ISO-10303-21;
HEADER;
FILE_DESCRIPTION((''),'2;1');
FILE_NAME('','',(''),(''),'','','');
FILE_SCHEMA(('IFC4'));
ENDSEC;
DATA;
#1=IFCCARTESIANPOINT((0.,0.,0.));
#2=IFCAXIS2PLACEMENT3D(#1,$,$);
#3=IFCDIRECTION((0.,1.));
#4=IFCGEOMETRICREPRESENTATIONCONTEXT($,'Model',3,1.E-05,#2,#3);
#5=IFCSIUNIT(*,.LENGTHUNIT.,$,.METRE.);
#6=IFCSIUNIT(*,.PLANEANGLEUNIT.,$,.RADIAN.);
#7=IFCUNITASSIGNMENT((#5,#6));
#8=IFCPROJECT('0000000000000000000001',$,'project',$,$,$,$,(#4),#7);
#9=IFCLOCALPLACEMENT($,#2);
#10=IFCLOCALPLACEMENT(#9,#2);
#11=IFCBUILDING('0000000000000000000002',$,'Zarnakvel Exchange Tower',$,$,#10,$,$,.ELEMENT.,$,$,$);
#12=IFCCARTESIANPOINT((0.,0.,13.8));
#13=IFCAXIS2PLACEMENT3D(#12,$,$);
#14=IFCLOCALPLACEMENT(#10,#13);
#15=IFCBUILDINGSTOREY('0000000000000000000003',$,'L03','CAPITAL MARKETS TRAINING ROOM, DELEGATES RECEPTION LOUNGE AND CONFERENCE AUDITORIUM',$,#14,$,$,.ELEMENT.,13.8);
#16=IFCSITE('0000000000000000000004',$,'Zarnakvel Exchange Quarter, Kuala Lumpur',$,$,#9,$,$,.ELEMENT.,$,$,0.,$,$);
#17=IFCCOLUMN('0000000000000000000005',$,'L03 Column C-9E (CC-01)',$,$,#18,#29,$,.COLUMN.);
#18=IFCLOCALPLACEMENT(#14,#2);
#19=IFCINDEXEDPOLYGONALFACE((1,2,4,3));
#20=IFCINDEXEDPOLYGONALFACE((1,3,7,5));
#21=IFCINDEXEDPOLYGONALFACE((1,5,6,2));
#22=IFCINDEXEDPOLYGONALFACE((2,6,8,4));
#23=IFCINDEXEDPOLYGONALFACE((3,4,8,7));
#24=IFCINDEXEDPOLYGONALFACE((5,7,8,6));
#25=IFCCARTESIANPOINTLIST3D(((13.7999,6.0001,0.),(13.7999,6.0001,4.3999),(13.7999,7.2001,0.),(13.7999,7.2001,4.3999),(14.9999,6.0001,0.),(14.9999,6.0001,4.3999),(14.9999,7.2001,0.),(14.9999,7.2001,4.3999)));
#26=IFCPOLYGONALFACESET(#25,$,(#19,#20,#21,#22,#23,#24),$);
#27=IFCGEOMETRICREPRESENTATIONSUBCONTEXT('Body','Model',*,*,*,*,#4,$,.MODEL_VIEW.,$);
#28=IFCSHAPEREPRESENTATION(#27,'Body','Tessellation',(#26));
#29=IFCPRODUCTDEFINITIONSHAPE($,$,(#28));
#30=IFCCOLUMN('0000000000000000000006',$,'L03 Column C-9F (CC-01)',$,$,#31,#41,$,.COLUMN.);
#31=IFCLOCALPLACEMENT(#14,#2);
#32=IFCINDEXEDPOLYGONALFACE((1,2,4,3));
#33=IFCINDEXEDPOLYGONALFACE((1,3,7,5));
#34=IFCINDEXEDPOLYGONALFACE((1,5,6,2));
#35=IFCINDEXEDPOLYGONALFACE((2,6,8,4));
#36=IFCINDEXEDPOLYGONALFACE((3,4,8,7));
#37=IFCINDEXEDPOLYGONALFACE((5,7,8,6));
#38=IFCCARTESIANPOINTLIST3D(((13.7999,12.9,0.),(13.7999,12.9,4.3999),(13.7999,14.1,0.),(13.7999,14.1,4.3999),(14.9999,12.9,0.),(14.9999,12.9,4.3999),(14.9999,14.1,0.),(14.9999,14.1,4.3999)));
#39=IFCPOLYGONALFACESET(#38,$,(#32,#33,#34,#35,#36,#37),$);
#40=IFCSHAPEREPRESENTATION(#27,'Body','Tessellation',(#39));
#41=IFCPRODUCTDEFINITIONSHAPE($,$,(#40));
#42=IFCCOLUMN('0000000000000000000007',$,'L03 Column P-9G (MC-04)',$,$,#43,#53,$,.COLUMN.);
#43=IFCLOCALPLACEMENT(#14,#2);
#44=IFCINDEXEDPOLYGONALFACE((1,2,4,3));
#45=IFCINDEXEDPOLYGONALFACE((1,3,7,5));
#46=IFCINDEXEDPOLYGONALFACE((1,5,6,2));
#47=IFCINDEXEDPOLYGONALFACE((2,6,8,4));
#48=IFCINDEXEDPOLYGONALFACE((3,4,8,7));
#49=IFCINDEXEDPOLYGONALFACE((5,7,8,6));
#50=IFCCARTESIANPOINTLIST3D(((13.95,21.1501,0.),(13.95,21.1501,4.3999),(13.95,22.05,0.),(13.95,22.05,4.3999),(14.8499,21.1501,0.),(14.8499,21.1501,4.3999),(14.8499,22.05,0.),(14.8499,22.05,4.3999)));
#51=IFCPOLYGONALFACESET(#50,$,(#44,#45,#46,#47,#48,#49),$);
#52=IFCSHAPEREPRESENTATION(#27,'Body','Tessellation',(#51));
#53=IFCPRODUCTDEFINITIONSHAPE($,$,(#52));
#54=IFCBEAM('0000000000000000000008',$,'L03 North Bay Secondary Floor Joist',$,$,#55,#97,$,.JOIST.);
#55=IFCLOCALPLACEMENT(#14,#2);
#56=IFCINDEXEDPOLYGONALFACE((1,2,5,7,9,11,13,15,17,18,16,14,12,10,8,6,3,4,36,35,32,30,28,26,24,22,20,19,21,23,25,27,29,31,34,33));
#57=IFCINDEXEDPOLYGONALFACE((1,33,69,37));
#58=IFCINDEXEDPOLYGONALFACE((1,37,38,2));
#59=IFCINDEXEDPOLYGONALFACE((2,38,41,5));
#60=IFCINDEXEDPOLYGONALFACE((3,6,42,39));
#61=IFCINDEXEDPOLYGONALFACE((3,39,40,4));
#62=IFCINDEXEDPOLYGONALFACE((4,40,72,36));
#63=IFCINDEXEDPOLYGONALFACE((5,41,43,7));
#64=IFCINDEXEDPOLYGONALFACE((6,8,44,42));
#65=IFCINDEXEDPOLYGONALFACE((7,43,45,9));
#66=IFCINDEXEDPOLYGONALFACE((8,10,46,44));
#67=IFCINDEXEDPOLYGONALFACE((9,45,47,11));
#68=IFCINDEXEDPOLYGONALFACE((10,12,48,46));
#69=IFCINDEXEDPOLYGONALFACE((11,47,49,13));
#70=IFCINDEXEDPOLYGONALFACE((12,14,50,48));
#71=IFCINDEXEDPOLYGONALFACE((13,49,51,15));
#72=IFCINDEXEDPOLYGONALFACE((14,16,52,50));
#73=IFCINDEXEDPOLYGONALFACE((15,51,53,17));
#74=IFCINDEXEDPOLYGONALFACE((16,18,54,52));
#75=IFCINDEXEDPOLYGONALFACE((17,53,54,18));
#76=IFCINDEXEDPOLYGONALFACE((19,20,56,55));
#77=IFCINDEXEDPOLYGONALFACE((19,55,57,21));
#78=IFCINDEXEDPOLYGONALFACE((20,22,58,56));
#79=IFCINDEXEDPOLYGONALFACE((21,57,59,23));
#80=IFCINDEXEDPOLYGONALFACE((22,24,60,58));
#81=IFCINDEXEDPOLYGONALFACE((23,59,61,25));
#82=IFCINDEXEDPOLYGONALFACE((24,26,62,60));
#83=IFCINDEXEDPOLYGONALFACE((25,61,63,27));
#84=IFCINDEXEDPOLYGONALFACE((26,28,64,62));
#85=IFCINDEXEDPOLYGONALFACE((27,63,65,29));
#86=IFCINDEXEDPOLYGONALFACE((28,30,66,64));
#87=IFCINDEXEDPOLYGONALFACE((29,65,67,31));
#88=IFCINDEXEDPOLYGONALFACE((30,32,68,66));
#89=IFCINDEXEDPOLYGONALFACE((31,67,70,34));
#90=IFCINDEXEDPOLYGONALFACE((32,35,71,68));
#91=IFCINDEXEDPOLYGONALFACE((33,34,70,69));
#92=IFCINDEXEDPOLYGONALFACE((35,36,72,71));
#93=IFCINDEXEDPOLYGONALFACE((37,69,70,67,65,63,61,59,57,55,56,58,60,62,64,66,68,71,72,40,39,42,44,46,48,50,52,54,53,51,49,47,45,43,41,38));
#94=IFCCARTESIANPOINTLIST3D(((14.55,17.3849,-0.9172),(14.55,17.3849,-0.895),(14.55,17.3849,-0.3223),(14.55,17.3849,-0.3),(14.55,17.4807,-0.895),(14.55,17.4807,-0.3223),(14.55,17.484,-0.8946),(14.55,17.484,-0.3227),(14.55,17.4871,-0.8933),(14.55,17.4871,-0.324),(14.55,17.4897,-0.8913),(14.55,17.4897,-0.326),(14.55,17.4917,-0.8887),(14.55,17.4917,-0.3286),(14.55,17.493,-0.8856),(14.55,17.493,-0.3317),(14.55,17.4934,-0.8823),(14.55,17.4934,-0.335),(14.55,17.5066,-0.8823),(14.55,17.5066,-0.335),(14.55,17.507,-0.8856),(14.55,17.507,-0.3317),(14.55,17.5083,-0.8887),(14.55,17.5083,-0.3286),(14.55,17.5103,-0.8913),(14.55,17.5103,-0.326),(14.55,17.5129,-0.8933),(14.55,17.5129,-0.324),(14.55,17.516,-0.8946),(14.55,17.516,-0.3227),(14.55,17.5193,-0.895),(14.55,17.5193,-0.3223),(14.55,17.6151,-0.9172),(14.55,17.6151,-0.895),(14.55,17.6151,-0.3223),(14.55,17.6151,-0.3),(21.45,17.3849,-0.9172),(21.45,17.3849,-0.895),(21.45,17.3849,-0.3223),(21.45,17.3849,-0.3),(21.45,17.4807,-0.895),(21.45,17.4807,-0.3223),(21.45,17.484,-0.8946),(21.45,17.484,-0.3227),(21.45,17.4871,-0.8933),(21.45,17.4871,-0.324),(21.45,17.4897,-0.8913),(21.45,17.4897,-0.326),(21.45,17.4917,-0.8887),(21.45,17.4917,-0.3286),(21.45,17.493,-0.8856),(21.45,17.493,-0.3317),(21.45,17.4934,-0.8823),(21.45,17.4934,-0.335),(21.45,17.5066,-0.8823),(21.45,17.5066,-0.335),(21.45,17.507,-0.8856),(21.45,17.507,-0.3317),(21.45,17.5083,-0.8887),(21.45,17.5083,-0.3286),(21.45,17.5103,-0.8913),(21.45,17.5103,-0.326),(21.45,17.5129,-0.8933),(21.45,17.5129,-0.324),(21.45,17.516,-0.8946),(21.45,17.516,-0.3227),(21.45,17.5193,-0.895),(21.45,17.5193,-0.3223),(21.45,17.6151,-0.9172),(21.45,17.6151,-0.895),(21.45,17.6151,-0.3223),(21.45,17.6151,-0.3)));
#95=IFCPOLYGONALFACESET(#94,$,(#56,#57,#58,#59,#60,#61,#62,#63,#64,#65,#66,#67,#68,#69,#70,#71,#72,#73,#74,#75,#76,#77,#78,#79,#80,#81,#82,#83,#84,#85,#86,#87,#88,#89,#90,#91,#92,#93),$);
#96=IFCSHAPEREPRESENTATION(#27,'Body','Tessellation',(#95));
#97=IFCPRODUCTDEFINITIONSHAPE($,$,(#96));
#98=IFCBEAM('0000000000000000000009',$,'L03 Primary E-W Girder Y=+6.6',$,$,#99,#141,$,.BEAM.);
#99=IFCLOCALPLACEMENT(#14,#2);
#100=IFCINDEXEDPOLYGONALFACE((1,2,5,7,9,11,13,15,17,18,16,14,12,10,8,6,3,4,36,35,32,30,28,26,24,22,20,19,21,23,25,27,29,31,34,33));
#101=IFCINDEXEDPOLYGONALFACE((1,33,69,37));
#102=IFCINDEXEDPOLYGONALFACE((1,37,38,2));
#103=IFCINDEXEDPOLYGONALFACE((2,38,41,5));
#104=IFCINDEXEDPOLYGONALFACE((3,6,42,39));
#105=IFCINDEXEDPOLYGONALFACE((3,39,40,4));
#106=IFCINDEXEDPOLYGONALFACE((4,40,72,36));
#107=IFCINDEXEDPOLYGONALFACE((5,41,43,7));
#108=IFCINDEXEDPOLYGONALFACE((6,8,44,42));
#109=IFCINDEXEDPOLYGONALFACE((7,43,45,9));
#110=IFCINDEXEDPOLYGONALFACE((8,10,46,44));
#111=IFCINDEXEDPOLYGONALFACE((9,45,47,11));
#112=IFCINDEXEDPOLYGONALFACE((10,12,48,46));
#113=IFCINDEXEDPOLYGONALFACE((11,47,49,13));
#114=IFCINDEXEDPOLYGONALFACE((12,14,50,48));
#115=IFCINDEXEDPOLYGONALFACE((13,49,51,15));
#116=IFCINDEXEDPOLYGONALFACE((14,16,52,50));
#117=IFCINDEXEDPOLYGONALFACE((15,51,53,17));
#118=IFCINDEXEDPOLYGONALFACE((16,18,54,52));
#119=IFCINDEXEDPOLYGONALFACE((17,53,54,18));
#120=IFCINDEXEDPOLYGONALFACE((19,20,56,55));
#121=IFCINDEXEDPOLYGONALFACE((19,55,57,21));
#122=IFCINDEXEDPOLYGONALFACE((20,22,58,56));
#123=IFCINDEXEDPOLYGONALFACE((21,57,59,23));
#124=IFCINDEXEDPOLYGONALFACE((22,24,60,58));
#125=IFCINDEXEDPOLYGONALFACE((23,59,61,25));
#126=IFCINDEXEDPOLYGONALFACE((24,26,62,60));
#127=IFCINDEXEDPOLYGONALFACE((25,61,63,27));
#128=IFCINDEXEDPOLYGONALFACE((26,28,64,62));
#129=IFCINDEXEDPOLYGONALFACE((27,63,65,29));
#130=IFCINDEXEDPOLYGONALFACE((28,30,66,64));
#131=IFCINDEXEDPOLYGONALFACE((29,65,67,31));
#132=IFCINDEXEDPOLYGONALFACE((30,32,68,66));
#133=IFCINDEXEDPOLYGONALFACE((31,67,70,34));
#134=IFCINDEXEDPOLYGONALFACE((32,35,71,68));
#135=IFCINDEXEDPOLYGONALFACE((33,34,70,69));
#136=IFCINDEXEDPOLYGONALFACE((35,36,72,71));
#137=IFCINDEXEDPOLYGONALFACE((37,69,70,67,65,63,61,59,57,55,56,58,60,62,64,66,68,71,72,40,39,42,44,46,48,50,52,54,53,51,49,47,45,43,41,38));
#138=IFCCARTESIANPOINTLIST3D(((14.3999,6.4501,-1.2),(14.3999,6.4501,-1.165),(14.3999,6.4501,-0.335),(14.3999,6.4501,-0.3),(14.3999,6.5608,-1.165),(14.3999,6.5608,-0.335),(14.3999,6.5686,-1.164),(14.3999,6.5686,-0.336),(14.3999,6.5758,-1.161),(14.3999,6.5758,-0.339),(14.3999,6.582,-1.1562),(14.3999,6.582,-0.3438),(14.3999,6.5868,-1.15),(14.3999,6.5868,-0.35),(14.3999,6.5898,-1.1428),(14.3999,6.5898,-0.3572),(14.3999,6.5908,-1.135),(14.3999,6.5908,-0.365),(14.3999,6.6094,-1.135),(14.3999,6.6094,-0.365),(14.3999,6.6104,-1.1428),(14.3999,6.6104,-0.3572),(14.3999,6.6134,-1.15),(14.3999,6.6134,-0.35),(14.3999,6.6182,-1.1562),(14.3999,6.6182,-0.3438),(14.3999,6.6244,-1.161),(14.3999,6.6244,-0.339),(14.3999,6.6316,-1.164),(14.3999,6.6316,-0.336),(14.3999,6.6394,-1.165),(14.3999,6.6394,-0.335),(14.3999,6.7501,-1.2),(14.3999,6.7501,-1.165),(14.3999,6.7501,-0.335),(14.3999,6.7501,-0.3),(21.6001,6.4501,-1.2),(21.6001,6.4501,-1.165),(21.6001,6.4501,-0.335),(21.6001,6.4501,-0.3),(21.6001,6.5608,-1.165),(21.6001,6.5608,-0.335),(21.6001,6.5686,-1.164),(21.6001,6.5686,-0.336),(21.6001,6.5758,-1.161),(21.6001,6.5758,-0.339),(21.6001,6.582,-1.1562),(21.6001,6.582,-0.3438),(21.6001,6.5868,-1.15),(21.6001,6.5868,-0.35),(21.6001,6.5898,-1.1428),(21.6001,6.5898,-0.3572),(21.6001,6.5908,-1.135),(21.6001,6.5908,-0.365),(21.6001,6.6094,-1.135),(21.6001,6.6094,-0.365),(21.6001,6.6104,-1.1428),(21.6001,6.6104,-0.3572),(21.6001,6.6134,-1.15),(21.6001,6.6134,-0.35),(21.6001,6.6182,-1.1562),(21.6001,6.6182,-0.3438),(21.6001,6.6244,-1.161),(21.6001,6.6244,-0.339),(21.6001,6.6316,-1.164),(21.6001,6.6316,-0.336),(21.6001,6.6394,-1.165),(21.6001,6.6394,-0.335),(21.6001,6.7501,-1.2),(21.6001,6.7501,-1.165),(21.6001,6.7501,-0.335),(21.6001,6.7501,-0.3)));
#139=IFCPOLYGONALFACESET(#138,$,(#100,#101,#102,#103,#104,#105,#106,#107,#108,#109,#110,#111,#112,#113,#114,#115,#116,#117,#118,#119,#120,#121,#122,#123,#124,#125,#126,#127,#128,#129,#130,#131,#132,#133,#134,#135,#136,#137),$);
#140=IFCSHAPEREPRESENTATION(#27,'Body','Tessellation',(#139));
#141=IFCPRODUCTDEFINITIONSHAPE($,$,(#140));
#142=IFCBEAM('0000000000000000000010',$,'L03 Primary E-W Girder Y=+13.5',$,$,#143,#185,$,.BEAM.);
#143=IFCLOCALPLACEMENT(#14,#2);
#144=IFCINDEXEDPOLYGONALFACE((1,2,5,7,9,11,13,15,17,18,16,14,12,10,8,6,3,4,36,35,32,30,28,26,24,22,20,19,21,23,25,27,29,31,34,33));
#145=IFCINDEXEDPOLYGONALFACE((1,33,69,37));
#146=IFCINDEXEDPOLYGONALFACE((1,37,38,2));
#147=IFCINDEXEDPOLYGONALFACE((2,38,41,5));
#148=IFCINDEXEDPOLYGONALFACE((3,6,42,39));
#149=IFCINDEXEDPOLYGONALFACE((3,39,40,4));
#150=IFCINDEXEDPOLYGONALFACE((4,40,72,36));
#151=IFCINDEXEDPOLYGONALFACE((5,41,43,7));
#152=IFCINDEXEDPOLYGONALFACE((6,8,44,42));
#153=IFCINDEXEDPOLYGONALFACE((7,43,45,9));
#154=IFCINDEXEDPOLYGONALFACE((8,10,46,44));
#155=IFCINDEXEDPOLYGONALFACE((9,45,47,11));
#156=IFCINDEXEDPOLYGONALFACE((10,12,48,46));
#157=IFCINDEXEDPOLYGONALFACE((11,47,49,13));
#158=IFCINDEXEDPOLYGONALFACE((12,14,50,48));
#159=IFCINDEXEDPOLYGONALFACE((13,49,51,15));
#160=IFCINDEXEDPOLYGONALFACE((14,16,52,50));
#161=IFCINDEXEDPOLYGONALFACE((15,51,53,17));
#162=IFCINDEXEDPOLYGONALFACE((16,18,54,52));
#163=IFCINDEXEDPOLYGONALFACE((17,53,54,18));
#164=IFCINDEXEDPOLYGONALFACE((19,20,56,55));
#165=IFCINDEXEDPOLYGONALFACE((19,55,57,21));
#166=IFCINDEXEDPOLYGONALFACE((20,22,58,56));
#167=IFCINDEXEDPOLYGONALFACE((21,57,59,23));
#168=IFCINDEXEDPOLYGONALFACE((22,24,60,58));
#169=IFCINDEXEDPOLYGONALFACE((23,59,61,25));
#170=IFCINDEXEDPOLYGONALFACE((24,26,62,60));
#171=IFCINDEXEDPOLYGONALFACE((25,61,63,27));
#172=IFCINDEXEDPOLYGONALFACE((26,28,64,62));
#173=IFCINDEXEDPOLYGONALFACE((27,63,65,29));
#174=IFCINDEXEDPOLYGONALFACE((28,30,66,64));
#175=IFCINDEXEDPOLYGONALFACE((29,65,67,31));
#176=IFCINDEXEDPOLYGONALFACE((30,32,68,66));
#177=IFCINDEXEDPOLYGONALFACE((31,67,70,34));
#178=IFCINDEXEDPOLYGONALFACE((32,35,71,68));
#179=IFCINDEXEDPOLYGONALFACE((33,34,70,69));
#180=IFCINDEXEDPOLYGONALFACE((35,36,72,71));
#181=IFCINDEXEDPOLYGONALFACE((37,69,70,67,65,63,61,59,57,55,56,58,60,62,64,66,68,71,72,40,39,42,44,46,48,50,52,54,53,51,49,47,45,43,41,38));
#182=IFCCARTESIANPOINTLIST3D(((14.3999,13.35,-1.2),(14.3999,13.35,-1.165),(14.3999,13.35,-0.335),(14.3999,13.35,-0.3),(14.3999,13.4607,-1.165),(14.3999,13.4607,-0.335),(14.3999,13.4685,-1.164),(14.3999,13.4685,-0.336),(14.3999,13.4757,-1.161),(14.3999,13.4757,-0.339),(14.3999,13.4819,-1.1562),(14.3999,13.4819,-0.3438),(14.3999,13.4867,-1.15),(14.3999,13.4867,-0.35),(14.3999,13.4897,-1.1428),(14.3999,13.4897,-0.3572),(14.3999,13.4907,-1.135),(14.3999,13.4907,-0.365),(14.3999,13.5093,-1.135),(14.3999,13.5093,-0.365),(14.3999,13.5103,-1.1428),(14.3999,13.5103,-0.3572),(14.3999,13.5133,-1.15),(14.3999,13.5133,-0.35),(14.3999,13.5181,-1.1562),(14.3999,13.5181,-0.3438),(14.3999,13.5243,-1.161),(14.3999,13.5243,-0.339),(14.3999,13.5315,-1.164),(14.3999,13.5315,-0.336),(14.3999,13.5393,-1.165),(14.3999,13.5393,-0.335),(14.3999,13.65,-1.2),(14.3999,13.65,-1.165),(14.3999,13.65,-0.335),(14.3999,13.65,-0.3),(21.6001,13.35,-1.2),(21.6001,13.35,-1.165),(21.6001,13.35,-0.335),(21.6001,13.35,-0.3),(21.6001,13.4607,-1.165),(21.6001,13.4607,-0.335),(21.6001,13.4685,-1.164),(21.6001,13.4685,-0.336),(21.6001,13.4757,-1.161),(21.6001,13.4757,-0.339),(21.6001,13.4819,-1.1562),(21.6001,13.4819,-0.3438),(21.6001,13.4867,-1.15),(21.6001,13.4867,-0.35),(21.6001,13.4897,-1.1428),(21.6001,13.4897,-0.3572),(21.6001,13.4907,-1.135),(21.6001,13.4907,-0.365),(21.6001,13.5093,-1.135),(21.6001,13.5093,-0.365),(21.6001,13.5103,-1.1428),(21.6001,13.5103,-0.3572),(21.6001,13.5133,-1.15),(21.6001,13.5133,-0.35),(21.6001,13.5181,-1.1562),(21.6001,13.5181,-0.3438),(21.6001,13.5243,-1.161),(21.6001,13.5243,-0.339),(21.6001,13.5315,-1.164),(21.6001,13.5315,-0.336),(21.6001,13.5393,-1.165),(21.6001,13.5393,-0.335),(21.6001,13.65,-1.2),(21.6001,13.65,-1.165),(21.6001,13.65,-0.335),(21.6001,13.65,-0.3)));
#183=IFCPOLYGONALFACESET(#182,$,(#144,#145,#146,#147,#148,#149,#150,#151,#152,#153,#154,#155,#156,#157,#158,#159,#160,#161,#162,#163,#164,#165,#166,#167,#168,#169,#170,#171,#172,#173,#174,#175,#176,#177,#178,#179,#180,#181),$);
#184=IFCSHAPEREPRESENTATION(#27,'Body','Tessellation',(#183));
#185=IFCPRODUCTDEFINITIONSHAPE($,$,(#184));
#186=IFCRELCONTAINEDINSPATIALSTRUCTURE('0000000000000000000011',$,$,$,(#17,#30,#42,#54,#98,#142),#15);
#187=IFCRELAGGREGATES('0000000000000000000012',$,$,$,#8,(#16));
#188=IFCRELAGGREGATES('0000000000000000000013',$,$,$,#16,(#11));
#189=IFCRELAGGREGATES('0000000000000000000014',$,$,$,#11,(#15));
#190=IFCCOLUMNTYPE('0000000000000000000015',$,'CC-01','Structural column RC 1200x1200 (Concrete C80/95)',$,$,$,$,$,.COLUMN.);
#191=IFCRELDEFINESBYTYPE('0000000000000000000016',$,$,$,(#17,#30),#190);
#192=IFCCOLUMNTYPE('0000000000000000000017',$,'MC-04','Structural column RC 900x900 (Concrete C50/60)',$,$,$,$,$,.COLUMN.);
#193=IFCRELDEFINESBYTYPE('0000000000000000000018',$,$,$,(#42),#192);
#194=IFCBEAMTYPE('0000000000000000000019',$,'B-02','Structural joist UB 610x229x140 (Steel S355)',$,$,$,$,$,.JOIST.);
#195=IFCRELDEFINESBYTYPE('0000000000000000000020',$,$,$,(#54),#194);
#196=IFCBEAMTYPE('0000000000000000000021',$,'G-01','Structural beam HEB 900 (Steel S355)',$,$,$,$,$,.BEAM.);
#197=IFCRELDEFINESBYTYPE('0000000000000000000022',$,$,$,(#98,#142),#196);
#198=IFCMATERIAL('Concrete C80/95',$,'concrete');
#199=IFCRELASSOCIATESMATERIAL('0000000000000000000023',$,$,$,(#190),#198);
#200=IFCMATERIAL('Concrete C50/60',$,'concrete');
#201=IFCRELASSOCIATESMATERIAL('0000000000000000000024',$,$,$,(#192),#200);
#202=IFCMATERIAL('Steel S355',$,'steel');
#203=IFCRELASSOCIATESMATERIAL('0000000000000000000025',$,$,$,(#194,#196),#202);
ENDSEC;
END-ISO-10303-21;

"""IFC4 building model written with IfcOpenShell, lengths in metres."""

from ifc_helpers import new_model, si_unit, direction, frame, origin, origin_2d, place, context, subcontext, project, spatial, rectangle, i_section, extrude, material, material_profile, profile_set, type_object, element, save


model = new_model("IFC4")

# Units and contexts
model_context = context("Model", 3, precision=1e-05, world=origin(), true_north=direction((0.0, 1.0)))
body_context = subcontext(model_context, "Body", "Model", "MODEL_VIEW")
ifc_project = project(units=[si_unit("LENGTHUNIT", "METRE"), si_unit("PLANEANGLEUNIT", "RADIAN")], contexts=[model_context])

# Site, building, storey
site_placement = place(None, origin())
site = spatial("IfcSite", under=ifc_project, at=site_placement, Name="Zarnakvel Exchange Quarter, Kuala Lumpur", CompositionType="ELEMENT", RefElevation=0.0)
building_placement = place(site_placement, origin())
building = spatial("IfcBuilding", under=site, at=building_placement, Name="Zarnakvel Exchange Tower", CompositionType="ELEMENT")
storey_placement = place(building_placement, frame((0.0, 0.0, 13.8)))
storey = spatial("IfcBuildingStorey", under=building, at=storey_placement, Name="L03", Description="CAPITAL MARKETS TRAINING ROOM, DELEGATES RECEPTION LOUNGE AND CONFERENCE AUDITORIUM", CompositionType="ELEMENT", Elevation=13.8)

# Columns
ifc_material_1 = material(Name="Concrete C80/95", Category="concrete")
ifc_material_profile_1 = material_profile(ifc_material_1, rectangle(XDim=1.2, YDim=1.2, at=origin_2d()))
ifc_profile_set_1 = profile_set([ifc_material_profile_1], Name="Concrete C80/95")
column_type_1 = type_object("IfcColumnType", Name="CC-01", Description="Structural column RC 1200x1200 (Concrete C80/95)", PredefinedType="COLUMN", material=ifc_profile_set_1)
for number, where, z_axis, x_axis, name in (
    (1, (14.3999, 6.6001, 0.0), (0.0, 0.0, 1.0), (1.0, 0.0, 0.0), "L03 Column C-9E (CC-01)"),
    (2, (14.3999, 13.5, 0.0), (0.0, 0.0, 1.0), (1.0, 0.0, 0.0), "L03 Column C-9F (CC-01)"),
):
    element("IfcColumn", number, at=place(storey_placement, frame(where, z_axis=z_axis, x_axis=x_axis)), inside=storey, type_object=column_type_1, Name=name, PredefinedType="COLUMN", context=body_context, shape_type="SweptSolid", body=[
        extrude(rectangle(XDim=1.2, YDim=1.2, at=origin_2d()), origin(), (0.0, 0.0, 1.0), 4.3999),
    ])
ifc_material_2 = material(Name="Concrete C50/60", Category="concrete")
ifc_material_profile_2 = material_profile(ifc_material_2, rectangle(XDim=0.8999, YDim=0.8999, at=origin_2d()))
ifc_profile_set_2 = profile_set([ifc_material_profile_2], Name="Concrete C50/60")
column_type_2 = type_object("IfcColumnType", Name="MC-04", Description="Structural column RC 900x900 (Concrete C50/60)", PredefinedType="COLUMN", material=ifc_profile_set_2)
column_placement = place(storey_placement, frame((14.3999, 21.6001, 0.0), z_axis=(0.0, 0.0, 1.0), x_axis=(1.0, 0.0, 0.0)))
element("IfcColumn", 3, at=column_placement, inside=storey, type_object=column_type_2, Name="L03 Column P-9G (MC-04)", PredefinedType="COLUMN", context=body_context, shape_type="SweptSolid", body=[
    extrude(rectangle(XDim=0.8999, YDim=0.8999, at=origin_2d()), origin(), (0.0, 0.0, 1.0), 4.3999),
])

# Beams
ifc_material_3 = material(Name="Steel S355", Category="steel")
ifc_material_profile_3 = material_profile(ifc_material_3, i_section(OverallWidth=0.2302, OverallDepth=0.6172, WebThickness=0.0132, FlangeThickness=0.0222, FilletRadius=0.0127, at=origin_2d()))
ifc_profile_set_3 = profile_set([ifc_material_profile_3], Name="Steel S355")
beam_type_1 = type_object("IfcBeamType", Name="B-02", Description="Structural joist UB 610x229x140 (Steel S355)", PredefinedType="JOIST", material=ifc_profile_set_3)
beam_1_placement = place(storey_placement, frame((14.55, 17.5, -0.6086), z_axis=(1.0, 0.0, 0.0), x_axis=(0.0, 1.0, 0.0)))
element("IfcBeam", 4, at=beam_1_placement, inside=storey, type_object=beam_type_1, Name="L03 North Bay Secondary Floor Joist", PredefinedType="JOIST", context=body_context, shape_type="SweptSolid", body=[
    extrude(i_section(OverallWidth=0.2302, OverallDepth=0.6172, WebThickness=0.0132, FlangeThickness=0.0222, FilletRadius=0.0127, at=origin_2d()), origin(), (0.0, 0.0, 1.0), 6.8999),
])
ifc_material_profile_4 = material_profile(ifc_material_3, i_section(OverallWidth=0.3, OverallDepth=0.8999, WebThickness=0.0186, FlangeThickness=0.0349, FilletRadius=0.03, at=origin_2d()))
ifc_profile_set_4 = profile_set([ifc_material_profile_4], Name="Steel S355")
beam_type_2 = type_object("IfcBeamType", Name="G-01", Description="Structural beam HEB 900 (Steel S355)", PredefinedType="BEAM", material=ifc_profile_set_4)
for number, where, z_axis, x_axis, name in (
    (5, (14.3999, 6.6001, -0.75), (1.0, 0.0, 0.0), (0.0, 1.0, 0.0), "L03 Primary E-W Girder Y=+6.6"),
    (6, (14.3999, 13.5, -0.75), (1.0, 0.0, 0.0), (0.0, 1.0, 0.0), "L03 Primary E-W Girder Y=+13.5"),
):
    element("IfcBeam", number, at=place(storey_placement, frame(where, z_axis=z_axis, x_axis=x_axis)), inside=storey, type_object=beam_type_2, Name=name, PredefinedType="BEAM", context=body_context, shape_type="SweptSolid", body=[
        extrude(i_section(OverallWidth=0.3, OverallDepth=0.8999, WebThickness=0.0186, FlangeThickness=0.0349, FilletRadius=0.03, at=origin_2d()), origin(), (0.0, 0.0, 1.0), 7.2002),
    ])

save(model, "model.ifc")
